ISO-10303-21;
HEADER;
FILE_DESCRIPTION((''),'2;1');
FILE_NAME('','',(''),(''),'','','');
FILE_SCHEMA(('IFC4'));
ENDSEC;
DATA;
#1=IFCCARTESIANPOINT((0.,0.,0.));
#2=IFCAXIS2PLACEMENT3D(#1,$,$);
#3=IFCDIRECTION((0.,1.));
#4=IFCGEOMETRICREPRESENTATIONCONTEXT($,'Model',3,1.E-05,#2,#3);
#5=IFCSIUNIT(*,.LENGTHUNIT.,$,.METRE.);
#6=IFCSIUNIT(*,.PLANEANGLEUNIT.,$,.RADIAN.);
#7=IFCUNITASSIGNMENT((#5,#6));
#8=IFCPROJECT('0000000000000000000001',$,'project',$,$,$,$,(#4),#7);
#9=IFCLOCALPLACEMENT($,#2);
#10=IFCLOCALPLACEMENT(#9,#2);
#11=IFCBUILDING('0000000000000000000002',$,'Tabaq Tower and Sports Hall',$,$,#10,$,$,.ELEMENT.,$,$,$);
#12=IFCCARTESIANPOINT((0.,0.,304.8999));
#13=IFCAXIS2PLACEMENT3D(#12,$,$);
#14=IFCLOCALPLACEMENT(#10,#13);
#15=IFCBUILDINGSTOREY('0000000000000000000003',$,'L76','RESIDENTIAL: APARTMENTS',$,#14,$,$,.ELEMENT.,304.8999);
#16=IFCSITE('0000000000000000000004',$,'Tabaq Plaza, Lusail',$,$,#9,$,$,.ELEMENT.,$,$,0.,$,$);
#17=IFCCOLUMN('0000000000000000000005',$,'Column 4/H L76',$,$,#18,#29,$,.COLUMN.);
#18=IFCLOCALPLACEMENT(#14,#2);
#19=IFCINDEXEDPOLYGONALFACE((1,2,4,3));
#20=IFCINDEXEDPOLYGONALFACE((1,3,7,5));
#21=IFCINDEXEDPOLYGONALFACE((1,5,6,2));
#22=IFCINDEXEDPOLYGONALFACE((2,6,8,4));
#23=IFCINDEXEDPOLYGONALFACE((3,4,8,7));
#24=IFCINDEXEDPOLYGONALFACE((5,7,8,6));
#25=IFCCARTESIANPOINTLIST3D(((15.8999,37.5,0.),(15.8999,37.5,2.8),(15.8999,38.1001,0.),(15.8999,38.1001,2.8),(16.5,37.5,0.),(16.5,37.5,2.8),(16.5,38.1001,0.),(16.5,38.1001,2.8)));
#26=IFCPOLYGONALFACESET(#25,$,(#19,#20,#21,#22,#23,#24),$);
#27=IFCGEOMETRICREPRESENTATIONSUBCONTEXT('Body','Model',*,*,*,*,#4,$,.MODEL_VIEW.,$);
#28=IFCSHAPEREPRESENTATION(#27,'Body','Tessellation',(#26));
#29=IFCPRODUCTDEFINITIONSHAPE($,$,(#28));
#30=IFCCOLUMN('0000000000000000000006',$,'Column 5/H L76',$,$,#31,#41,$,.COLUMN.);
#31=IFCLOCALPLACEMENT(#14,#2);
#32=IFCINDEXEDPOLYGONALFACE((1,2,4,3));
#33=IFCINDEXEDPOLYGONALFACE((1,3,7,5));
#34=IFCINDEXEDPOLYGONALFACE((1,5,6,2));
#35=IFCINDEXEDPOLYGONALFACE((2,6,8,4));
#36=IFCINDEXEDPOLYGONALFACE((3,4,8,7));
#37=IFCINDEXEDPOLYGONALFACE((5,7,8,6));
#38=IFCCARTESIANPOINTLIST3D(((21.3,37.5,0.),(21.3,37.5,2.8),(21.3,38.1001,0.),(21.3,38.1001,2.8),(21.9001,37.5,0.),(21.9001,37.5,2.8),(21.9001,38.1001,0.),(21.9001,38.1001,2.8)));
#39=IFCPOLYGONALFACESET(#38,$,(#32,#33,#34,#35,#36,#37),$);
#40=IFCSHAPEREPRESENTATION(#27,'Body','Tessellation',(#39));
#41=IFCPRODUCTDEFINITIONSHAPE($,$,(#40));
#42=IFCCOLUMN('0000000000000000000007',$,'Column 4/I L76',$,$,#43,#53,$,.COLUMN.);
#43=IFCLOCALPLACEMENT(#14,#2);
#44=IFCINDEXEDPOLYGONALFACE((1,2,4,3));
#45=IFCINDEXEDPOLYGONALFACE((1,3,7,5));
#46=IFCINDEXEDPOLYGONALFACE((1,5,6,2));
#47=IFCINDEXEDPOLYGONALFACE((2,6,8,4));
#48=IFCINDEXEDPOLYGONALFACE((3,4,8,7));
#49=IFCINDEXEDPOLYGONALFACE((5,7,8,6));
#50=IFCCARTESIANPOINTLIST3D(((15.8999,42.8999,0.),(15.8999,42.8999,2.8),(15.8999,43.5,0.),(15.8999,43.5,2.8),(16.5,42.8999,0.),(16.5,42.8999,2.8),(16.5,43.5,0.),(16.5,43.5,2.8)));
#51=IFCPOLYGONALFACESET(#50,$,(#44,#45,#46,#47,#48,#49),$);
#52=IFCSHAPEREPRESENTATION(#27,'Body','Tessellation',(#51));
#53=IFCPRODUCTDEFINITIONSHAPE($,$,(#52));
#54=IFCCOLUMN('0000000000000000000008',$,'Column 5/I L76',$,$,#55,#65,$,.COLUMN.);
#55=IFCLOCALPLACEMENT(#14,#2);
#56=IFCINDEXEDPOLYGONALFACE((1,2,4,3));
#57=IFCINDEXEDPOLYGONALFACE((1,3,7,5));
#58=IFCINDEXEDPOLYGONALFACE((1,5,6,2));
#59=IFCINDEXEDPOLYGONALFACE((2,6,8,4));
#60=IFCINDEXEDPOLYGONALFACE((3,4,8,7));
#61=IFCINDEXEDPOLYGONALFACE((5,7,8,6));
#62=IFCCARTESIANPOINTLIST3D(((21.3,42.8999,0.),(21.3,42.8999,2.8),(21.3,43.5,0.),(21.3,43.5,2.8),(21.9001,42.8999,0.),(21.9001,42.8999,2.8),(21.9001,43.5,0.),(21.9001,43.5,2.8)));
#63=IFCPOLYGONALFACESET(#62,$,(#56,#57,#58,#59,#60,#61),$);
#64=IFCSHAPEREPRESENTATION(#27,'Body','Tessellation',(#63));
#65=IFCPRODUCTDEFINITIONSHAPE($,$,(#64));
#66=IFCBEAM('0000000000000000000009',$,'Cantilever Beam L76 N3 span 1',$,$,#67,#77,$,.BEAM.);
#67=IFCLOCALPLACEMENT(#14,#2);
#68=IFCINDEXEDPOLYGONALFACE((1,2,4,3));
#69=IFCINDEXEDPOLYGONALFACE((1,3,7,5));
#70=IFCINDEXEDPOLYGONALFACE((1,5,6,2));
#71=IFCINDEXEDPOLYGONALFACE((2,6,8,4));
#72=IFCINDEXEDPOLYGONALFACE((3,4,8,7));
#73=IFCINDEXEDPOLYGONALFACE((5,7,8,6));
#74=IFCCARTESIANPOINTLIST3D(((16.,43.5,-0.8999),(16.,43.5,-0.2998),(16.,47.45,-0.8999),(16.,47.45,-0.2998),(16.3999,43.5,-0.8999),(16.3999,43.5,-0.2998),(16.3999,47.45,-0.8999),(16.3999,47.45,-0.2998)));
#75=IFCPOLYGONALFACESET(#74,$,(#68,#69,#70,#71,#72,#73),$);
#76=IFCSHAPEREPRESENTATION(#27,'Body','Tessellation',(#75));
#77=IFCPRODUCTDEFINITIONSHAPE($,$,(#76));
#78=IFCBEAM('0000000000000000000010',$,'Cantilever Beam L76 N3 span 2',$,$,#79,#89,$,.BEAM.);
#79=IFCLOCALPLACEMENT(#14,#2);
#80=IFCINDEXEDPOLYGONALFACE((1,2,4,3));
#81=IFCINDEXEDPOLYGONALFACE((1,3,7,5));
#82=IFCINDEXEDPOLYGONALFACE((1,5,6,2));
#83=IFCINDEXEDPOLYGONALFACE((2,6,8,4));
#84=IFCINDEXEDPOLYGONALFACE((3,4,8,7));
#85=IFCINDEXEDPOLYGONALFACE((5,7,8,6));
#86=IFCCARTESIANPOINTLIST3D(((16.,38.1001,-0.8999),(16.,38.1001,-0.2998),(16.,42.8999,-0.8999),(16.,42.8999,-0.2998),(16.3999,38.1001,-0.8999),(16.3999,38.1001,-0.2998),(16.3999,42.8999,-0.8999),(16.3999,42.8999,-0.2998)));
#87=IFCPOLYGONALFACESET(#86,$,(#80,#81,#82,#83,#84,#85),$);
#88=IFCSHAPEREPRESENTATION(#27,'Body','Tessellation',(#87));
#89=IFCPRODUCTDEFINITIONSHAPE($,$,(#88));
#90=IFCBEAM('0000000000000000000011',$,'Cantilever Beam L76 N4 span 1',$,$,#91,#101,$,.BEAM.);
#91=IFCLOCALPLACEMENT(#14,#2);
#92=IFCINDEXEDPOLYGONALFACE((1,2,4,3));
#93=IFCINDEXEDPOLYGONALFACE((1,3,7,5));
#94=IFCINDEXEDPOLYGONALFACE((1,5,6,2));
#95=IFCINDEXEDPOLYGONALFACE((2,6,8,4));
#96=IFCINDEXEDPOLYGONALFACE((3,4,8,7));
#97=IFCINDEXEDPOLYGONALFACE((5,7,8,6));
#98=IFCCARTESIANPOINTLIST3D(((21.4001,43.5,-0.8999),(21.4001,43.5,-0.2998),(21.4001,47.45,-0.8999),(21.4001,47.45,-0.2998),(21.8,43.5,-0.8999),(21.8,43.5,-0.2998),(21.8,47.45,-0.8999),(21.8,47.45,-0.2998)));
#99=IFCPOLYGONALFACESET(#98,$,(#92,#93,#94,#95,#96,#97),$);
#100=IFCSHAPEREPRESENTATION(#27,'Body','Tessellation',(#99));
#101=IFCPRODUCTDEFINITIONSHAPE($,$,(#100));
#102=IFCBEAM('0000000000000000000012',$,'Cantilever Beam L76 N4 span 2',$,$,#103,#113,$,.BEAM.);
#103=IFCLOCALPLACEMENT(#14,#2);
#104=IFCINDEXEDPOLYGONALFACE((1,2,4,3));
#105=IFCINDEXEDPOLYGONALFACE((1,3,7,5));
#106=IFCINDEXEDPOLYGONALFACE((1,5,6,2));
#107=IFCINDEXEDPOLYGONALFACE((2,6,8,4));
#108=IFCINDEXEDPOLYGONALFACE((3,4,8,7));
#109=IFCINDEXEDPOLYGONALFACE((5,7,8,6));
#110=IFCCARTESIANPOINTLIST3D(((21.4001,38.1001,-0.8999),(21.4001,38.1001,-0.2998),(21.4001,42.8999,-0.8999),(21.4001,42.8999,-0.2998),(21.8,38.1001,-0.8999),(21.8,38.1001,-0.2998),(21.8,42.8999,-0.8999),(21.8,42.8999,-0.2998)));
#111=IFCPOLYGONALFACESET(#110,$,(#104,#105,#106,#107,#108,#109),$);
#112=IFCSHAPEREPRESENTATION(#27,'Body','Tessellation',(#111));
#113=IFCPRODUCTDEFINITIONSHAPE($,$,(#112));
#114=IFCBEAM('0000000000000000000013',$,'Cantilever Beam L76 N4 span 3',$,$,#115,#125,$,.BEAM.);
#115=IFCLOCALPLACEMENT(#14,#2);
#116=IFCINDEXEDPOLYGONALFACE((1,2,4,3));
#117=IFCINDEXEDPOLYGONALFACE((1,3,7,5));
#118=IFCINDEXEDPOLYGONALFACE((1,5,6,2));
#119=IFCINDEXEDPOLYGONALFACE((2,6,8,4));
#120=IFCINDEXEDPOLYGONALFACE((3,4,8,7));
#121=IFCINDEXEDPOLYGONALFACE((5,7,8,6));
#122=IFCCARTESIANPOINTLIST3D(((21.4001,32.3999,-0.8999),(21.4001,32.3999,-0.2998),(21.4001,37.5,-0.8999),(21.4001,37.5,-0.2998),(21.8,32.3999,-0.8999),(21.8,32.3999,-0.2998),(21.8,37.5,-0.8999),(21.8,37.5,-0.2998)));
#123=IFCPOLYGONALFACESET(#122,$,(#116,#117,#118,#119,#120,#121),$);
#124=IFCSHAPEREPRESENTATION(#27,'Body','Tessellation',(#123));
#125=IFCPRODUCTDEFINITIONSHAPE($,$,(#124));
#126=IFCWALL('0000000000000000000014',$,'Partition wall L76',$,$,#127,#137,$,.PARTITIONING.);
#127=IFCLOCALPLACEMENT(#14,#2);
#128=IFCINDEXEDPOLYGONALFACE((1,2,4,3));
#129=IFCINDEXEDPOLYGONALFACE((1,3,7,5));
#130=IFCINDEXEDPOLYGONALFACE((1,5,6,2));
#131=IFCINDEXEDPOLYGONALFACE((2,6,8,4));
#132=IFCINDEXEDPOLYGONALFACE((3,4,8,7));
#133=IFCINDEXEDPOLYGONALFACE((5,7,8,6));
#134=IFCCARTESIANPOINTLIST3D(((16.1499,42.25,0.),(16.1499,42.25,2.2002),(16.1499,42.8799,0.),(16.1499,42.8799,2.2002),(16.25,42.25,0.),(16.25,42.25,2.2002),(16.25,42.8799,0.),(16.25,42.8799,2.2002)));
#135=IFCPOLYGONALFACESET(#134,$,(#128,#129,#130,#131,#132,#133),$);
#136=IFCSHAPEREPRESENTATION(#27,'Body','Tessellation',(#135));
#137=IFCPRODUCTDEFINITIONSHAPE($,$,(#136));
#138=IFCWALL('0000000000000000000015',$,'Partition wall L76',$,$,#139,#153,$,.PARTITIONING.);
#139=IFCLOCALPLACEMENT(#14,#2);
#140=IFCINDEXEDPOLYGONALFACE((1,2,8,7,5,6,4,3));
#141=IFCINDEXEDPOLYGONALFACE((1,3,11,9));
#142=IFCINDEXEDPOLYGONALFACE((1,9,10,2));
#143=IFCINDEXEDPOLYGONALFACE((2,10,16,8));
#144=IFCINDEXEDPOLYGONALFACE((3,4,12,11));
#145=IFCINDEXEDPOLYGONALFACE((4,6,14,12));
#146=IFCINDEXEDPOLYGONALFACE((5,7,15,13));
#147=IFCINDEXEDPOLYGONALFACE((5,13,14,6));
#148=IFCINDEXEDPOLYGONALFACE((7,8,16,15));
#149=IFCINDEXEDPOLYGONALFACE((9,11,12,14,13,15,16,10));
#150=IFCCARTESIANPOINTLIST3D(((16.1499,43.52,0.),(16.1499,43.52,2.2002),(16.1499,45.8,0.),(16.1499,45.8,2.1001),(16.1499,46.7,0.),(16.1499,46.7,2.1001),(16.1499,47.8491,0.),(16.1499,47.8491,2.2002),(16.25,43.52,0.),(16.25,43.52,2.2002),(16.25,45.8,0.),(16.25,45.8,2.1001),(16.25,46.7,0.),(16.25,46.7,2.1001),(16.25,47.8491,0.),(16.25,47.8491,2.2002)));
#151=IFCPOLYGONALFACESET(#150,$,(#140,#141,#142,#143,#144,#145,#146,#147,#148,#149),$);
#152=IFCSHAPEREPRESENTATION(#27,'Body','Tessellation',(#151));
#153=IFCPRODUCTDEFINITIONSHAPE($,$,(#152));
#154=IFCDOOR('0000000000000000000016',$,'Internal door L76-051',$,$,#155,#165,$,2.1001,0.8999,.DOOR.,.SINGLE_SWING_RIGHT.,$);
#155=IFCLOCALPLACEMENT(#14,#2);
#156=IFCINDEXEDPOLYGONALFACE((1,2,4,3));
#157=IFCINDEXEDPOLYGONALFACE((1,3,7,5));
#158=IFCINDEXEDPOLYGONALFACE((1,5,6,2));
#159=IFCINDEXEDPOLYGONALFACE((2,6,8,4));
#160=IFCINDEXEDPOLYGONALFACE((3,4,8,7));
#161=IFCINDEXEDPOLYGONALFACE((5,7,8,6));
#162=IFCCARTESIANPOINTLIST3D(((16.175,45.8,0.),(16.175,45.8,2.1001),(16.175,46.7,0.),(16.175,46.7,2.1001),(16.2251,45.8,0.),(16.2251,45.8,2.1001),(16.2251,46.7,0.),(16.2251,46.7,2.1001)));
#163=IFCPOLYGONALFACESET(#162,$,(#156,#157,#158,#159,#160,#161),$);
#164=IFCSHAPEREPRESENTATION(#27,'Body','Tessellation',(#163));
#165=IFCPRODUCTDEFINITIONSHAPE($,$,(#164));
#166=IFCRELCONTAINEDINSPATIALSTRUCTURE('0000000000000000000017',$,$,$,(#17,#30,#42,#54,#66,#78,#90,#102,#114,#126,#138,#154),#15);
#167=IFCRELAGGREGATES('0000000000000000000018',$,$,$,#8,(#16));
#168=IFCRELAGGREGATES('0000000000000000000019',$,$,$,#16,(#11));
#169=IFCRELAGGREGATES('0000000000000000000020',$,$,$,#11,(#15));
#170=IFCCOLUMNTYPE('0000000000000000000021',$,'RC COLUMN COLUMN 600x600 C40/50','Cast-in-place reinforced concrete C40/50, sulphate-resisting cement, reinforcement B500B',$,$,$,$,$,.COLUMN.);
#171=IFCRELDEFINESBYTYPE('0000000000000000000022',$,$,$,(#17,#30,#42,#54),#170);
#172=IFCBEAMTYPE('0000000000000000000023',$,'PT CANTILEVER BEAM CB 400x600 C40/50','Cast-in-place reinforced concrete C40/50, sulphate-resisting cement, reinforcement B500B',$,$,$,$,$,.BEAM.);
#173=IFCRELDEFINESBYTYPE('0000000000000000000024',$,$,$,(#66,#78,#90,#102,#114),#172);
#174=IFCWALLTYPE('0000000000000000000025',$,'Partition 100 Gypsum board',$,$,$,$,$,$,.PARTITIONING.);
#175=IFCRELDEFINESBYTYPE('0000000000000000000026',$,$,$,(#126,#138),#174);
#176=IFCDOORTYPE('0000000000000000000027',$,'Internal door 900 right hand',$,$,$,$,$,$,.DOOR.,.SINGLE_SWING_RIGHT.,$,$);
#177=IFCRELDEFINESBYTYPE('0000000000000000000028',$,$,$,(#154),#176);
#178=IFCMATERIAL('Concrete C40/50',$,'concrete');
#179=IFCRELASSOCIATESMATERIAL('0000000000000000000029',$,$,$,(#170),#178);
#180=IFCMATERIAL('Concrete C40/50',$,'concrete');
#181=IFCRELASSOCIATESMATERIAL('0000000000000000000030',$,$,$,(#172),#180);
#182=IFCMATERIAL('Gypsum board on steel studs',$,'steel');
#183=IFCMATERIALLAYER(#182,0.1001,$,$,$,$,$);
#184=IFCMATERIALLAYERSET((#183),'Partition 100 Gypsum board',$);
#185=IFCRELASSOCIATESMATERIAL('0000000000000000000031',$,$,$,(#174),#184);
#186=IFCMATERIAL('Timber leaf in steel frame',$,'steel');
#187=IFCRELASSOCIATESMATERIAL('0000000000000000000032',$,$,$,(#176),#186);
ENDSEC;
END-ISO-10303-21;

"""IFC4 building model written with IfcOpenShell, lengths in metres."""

from ifc_helpers import new_model, si_unit, direction, frame, frame_2d, origin, origin_2d, place, context, subcontext, project, spatial, rectangle, extrude, material, layer, layer_set, material_profile, profile_set, type_object, element, fill, save


model = new_model("IFC4")

# Units and contexts
model_context = context("Model", 3, precision=1e-05, world=origin(), true_north=direction((0.0, 1.0)))
body_context = subcontext(model_context, "Body", "Model", "MODEL_VIEW")
ifc_project = project(units=[si_unit("LENGTHUNIT", "METRE"), si_unit("PLANEANGLEUNIT", "RADIAN")], contexts=[model_context])

# Site, building, storey
site_placement = place(None, origin())
site = spatial("IfcSite", under=ifc_project, at=site_placement, Name="Tabaq Plaza, Lusail", CompositionType="ELEMENT", RefElevation=0.0)
building_placement = place(site_placement, origin())
building = spatial("IfcBuilding", under=site, at=building_placement, Name="Tabaq Tower and Sports Hall", CompositionType="ELEMENT")
storey_placement = place(building_placement, frame((0.0, 0.0, 304.8999)))
storey = spatial("IfcBuildingStorey", under=building, at=storey_placement, Name="L76", Description="RESIDENTIAL: APARTMENTS", CompositionType="ELEMENT", Elevation=304.8999)

# Columns
ifc_material_1 = material(Name="Concrete C40/50", Category="concrete")
ifc_material_profile_1 = material_profile(ifc_material_1, rectangle(XDim=0.6001, YDim=0.6001, at=origin_2d()), Name="COLUMN 600x600")
ifc_profile_set_1 = profile_set([ifc_material_profile_1], Name="Concrete C40/50")
column_type = type_object("IfcColumnType", Name="RC COLUMN COLUMN 600x600 C40/50", Description="Cast-in-place reinforced concrete C40/50, sulphate-resisting cement, reinforcement B500B", PredefinedType="COLUMN", material=ifc_profile_set_1)
for number, where, z_axis, x_axis, name in (
    (1, (16.2, 37.8, 0.0), (0.0, 0.0, 1.0), (1.0, 0.0, 0.0), "Column 4/H L76"),
    (2, (21.6001, 37.8, 0.0), (0.0, 0.0, 1.0), (1.0, 0.0, 0.0), "Column 5/H L76"),
    (3, (16.2, 43.2, 0.0), (0.0, 0.0, 1.0), (1.0, 0.0, 0.0), "Column 4/I L76"),
    (4, (21.6001, 43.2, 0.0), (0.0, 0.0, 1.0), (1.0, 0.0, 0.0), "Column 5/I L76"),
):
    element("IfcColumn", number, at=place(storey_placement, frame(where, z_axis=z_axis, x_axis=x_axis)), inside=storey, type_object=column_type, Name=name, PredefinedType="COLUMN", context=body_context, shape_type="SweptSolid", body=[
        extrude(rectangle(XDim=0.6001, YDim=0.6001, at=origin_2d()), origin(), (0.0, 0.0, 1.0), 2.8),
    ])

# Beams
ifc_material_2 = material(Name="Concrete C40/50", Category="concrete")
ifc_material_profile_2 = material_profile(ifc_material_2, rectangle(XDim=0.3999, YDim=0.6001, at=origin_2d()), Name="CB 400x600")
ifc_profile_set_2 = profile_set([ifc_material_profile_2], Name="Concrete C40/50")
beam_type = type_object("IfcBeamType", Name="PT CANTILEVER BEAM CB 400x600 C40/50", Description="Cast-in-place reinforced concrete C40/50, sulphate-resisting cement, reinforcement B500B", PredefinedType="BEAM", material=ifc_profile_set_2)
beam_1_placement = place(storey_placement, frame((16.2, 47.45, -0.5999), z_axis=(0.0, -1.0, 0.0), x_axis=(1.0, 0.0, 0.0)))
element("IfcBeam", 5, at=beam_1_placement, inside=storey, type_object=beam_type, Name="Cantilever Beam L76 N3 span 1", PredefinedType="BEAM", context=body_context, shape_type="SweptSolid", body=[
    extrude(rectangle(XDim=0.3999, YDim=0.6001, at=origin_2d()), origin(), (0.0, 0.0, 1.0), 3.95),
])
beam_2_placement = place(storey_placement, frame((16.2, 42.8999, -0.5999), z_axis=(0.0, -1.0, 0.0), x_axis=(1.0, 0.0, 0.0)))
element("IfcBeam", 6, at=beam_2_placement, inside=storey, type_object=beam_type, Name="Cantilever Beam L76 N3 span 2", PredefinedType="BEAM", context=body_context, shape_type="SweptSolid", body=[
    extrude(rectangle(XDim=0.3999, YDim=0.6001, at=origin_2d()), origin(), (0.0, 0.0, 1.0), 4.7998),
])
beam_3_placement = place(storey_placement, frame((21.6001, 47.45, -0.5999), z_axis=(0.0, -1.0, 0.0), x_axis=(1.0, 0.0, 0.0)))
element("IfcBeam", 7, at=beam_3_placement, inside=storey, type_object=beam_type, Name="Cantilever Beam L76 N4 span 1", PredefinedType="BEAM", context=body_context, shape_type="SweptSolid", body=[
    extrude(rectangle(XDim=0.3999, YDim=0.6001, at=origin_2d()), origin(), (0.0, 0.0, 1.0), 3.95),
])
beam_4_placement = place(storey_placement, frame((21.6001, 42.8999, -0.5999), z_axis=(0.0, -1.0, 0.0), x_axis=(1.0, 0.0, 0.0)))
element("IfcBeam", 8, at=beam_4_placement, inside=storey, type_object=beam_type, Name="Cantilever Beam L76 N4 span 2", PredefinedType="BEAM", context=body_context, shape_type="SweptSolid", body=[
    extrude(rectangle(XDim=0.3999, YDim=0.6001, at=origin_2d()), origin(), (0.0, 0.0, 1.0), 4.7998),
])
beam_5_placement = place(storey_placement, frame((21.6001, 37.5, -0.5999), z_axis=(0.0, -1.0, 0.0), x_axis=(1.0, 0.0, 0.0)))
element("IfcBeam", 9, at=beam_5_placement, inside=storey, type_object=beam_type, Name="Cantilever Beam L76 N4 span 3", PredefinedType="BEAM", context=body_context, shape_type="SweptSolid", body=[
    extrude(rectangle(XDim=0.3999, YDim=0.6001, at=origin_2d()), origin(), (0.0, 0.0, 1.0), 5.1001),
])

# Wall
ifc_material_3 = material(Name="Gypsum board on steel studs", Category="steel")
ifc_layer_1 = layer(ifc_material_3, 0.1001)
ifc_layer_set_1 = layer_set([ifc_layer_1], Name="Partition 100 Gypsum board")
wall_type_1 = type_object("IfcWallType", Name="Partition 100 Gypsum board", PredefinedType="PARTITIONING", material=ifc_layer_set_1)
wall_1_placement = place(storey_placement, frame((16.2, 42.25, 0.0), z_axis=(0.0, 0.0, 1.0), x_axis=(0.0, 1.0, 0.0)))
element("IfcWall", 10, at=wall_1_placement, inside=storey, type_object=wall_type_1, Name="Partition wall L76", PredefinedType="PARTITIONING", context=body_context, shape_type="SweptSolid", body=[
    extrude(rectangle(XDim=0.6299, YDim=0.1001, at=frame_2d((0.3149, 0.0))), origin(), (0.0, 0.0, 1.0), 2.2002),
])

# Wall, opening, door
wall_2_placement = place(storey_placement, frame((16.2, 43.52, 0.0), z_axis=(0.0, 0.0, 1.0), x_axis=(0.0, 1.0, 0.0)))
wall_2 = element("IfcWall", 11, at=wall_2_placement, inside=storey, type_object=wall_type_1, Name="Partition wall L76", PredefinedType="PARTITIONING", context=body_context, shape_type="SweptSolid", body=[
    extrude(rectangle(XDim=4.3291, YDim=0.1001, at=frame_2d((2.1646, 0.0))), origin(), (0.0, 0.0, 1.0), 2.2002),
])
opening_1_placement = place(wall_2_placement, frame((2.28, 0.0, 0.0)))
opening_1 = element("IfcOpeningElement", 12, at=opening_1_placement, cuts=wall_2, PredefinedType="OPENING", context=body_context, shape_type="SweptSolid", body=[
    extrude(rectangle(XDim=0.8999, YDim=2.1001, at=frame_2d((0.45, 1.05))), frame((0.0, 0.05, 0.0), z_axis=(0.0, -1.0, 0.0), x_axis=(1.0, 0.0, 0.0)), (0.0, 0.0, 1.0), 0.1001),
])
ifc_material_4 = material(Name="Timber leaf in steel frame", Category="steel")
door_type_1 = type_object("IfcDoorType", Name="Internal door 900 right hand", OperationType="SINGLE_SWING_RIGHT", PredefinedType="DOOR", material=ifc_material_4)
door_1_placement = place(opening_1_placement, origin())
door_1 = element("IfcDoor", 13, at=door_1_placement, inside=storey, type_object=door_type_1, Name="Internal door L76-051", OperationType="SINGLE_SWING_RIGHT", OverallHeight=2.1001, OverallWidth=0.8999, PredefinedType="DOOR", context=body_context, shape_type="SweptSolid", body=[
    extrude(rectangle(XDim=0.8999, YDim=2.1001, at=frame_2d((0.45, 1.05))), frame((0.0, 0.0249, 0.0), z_axis=(0.0, -1.0, 0.0), x_axis=(1.0, 0.0, 0.0)), (0.0, 0.0, 1.0), 0.05),
])
fill(opening_1, door_1)

save(model, "model.ifc")
